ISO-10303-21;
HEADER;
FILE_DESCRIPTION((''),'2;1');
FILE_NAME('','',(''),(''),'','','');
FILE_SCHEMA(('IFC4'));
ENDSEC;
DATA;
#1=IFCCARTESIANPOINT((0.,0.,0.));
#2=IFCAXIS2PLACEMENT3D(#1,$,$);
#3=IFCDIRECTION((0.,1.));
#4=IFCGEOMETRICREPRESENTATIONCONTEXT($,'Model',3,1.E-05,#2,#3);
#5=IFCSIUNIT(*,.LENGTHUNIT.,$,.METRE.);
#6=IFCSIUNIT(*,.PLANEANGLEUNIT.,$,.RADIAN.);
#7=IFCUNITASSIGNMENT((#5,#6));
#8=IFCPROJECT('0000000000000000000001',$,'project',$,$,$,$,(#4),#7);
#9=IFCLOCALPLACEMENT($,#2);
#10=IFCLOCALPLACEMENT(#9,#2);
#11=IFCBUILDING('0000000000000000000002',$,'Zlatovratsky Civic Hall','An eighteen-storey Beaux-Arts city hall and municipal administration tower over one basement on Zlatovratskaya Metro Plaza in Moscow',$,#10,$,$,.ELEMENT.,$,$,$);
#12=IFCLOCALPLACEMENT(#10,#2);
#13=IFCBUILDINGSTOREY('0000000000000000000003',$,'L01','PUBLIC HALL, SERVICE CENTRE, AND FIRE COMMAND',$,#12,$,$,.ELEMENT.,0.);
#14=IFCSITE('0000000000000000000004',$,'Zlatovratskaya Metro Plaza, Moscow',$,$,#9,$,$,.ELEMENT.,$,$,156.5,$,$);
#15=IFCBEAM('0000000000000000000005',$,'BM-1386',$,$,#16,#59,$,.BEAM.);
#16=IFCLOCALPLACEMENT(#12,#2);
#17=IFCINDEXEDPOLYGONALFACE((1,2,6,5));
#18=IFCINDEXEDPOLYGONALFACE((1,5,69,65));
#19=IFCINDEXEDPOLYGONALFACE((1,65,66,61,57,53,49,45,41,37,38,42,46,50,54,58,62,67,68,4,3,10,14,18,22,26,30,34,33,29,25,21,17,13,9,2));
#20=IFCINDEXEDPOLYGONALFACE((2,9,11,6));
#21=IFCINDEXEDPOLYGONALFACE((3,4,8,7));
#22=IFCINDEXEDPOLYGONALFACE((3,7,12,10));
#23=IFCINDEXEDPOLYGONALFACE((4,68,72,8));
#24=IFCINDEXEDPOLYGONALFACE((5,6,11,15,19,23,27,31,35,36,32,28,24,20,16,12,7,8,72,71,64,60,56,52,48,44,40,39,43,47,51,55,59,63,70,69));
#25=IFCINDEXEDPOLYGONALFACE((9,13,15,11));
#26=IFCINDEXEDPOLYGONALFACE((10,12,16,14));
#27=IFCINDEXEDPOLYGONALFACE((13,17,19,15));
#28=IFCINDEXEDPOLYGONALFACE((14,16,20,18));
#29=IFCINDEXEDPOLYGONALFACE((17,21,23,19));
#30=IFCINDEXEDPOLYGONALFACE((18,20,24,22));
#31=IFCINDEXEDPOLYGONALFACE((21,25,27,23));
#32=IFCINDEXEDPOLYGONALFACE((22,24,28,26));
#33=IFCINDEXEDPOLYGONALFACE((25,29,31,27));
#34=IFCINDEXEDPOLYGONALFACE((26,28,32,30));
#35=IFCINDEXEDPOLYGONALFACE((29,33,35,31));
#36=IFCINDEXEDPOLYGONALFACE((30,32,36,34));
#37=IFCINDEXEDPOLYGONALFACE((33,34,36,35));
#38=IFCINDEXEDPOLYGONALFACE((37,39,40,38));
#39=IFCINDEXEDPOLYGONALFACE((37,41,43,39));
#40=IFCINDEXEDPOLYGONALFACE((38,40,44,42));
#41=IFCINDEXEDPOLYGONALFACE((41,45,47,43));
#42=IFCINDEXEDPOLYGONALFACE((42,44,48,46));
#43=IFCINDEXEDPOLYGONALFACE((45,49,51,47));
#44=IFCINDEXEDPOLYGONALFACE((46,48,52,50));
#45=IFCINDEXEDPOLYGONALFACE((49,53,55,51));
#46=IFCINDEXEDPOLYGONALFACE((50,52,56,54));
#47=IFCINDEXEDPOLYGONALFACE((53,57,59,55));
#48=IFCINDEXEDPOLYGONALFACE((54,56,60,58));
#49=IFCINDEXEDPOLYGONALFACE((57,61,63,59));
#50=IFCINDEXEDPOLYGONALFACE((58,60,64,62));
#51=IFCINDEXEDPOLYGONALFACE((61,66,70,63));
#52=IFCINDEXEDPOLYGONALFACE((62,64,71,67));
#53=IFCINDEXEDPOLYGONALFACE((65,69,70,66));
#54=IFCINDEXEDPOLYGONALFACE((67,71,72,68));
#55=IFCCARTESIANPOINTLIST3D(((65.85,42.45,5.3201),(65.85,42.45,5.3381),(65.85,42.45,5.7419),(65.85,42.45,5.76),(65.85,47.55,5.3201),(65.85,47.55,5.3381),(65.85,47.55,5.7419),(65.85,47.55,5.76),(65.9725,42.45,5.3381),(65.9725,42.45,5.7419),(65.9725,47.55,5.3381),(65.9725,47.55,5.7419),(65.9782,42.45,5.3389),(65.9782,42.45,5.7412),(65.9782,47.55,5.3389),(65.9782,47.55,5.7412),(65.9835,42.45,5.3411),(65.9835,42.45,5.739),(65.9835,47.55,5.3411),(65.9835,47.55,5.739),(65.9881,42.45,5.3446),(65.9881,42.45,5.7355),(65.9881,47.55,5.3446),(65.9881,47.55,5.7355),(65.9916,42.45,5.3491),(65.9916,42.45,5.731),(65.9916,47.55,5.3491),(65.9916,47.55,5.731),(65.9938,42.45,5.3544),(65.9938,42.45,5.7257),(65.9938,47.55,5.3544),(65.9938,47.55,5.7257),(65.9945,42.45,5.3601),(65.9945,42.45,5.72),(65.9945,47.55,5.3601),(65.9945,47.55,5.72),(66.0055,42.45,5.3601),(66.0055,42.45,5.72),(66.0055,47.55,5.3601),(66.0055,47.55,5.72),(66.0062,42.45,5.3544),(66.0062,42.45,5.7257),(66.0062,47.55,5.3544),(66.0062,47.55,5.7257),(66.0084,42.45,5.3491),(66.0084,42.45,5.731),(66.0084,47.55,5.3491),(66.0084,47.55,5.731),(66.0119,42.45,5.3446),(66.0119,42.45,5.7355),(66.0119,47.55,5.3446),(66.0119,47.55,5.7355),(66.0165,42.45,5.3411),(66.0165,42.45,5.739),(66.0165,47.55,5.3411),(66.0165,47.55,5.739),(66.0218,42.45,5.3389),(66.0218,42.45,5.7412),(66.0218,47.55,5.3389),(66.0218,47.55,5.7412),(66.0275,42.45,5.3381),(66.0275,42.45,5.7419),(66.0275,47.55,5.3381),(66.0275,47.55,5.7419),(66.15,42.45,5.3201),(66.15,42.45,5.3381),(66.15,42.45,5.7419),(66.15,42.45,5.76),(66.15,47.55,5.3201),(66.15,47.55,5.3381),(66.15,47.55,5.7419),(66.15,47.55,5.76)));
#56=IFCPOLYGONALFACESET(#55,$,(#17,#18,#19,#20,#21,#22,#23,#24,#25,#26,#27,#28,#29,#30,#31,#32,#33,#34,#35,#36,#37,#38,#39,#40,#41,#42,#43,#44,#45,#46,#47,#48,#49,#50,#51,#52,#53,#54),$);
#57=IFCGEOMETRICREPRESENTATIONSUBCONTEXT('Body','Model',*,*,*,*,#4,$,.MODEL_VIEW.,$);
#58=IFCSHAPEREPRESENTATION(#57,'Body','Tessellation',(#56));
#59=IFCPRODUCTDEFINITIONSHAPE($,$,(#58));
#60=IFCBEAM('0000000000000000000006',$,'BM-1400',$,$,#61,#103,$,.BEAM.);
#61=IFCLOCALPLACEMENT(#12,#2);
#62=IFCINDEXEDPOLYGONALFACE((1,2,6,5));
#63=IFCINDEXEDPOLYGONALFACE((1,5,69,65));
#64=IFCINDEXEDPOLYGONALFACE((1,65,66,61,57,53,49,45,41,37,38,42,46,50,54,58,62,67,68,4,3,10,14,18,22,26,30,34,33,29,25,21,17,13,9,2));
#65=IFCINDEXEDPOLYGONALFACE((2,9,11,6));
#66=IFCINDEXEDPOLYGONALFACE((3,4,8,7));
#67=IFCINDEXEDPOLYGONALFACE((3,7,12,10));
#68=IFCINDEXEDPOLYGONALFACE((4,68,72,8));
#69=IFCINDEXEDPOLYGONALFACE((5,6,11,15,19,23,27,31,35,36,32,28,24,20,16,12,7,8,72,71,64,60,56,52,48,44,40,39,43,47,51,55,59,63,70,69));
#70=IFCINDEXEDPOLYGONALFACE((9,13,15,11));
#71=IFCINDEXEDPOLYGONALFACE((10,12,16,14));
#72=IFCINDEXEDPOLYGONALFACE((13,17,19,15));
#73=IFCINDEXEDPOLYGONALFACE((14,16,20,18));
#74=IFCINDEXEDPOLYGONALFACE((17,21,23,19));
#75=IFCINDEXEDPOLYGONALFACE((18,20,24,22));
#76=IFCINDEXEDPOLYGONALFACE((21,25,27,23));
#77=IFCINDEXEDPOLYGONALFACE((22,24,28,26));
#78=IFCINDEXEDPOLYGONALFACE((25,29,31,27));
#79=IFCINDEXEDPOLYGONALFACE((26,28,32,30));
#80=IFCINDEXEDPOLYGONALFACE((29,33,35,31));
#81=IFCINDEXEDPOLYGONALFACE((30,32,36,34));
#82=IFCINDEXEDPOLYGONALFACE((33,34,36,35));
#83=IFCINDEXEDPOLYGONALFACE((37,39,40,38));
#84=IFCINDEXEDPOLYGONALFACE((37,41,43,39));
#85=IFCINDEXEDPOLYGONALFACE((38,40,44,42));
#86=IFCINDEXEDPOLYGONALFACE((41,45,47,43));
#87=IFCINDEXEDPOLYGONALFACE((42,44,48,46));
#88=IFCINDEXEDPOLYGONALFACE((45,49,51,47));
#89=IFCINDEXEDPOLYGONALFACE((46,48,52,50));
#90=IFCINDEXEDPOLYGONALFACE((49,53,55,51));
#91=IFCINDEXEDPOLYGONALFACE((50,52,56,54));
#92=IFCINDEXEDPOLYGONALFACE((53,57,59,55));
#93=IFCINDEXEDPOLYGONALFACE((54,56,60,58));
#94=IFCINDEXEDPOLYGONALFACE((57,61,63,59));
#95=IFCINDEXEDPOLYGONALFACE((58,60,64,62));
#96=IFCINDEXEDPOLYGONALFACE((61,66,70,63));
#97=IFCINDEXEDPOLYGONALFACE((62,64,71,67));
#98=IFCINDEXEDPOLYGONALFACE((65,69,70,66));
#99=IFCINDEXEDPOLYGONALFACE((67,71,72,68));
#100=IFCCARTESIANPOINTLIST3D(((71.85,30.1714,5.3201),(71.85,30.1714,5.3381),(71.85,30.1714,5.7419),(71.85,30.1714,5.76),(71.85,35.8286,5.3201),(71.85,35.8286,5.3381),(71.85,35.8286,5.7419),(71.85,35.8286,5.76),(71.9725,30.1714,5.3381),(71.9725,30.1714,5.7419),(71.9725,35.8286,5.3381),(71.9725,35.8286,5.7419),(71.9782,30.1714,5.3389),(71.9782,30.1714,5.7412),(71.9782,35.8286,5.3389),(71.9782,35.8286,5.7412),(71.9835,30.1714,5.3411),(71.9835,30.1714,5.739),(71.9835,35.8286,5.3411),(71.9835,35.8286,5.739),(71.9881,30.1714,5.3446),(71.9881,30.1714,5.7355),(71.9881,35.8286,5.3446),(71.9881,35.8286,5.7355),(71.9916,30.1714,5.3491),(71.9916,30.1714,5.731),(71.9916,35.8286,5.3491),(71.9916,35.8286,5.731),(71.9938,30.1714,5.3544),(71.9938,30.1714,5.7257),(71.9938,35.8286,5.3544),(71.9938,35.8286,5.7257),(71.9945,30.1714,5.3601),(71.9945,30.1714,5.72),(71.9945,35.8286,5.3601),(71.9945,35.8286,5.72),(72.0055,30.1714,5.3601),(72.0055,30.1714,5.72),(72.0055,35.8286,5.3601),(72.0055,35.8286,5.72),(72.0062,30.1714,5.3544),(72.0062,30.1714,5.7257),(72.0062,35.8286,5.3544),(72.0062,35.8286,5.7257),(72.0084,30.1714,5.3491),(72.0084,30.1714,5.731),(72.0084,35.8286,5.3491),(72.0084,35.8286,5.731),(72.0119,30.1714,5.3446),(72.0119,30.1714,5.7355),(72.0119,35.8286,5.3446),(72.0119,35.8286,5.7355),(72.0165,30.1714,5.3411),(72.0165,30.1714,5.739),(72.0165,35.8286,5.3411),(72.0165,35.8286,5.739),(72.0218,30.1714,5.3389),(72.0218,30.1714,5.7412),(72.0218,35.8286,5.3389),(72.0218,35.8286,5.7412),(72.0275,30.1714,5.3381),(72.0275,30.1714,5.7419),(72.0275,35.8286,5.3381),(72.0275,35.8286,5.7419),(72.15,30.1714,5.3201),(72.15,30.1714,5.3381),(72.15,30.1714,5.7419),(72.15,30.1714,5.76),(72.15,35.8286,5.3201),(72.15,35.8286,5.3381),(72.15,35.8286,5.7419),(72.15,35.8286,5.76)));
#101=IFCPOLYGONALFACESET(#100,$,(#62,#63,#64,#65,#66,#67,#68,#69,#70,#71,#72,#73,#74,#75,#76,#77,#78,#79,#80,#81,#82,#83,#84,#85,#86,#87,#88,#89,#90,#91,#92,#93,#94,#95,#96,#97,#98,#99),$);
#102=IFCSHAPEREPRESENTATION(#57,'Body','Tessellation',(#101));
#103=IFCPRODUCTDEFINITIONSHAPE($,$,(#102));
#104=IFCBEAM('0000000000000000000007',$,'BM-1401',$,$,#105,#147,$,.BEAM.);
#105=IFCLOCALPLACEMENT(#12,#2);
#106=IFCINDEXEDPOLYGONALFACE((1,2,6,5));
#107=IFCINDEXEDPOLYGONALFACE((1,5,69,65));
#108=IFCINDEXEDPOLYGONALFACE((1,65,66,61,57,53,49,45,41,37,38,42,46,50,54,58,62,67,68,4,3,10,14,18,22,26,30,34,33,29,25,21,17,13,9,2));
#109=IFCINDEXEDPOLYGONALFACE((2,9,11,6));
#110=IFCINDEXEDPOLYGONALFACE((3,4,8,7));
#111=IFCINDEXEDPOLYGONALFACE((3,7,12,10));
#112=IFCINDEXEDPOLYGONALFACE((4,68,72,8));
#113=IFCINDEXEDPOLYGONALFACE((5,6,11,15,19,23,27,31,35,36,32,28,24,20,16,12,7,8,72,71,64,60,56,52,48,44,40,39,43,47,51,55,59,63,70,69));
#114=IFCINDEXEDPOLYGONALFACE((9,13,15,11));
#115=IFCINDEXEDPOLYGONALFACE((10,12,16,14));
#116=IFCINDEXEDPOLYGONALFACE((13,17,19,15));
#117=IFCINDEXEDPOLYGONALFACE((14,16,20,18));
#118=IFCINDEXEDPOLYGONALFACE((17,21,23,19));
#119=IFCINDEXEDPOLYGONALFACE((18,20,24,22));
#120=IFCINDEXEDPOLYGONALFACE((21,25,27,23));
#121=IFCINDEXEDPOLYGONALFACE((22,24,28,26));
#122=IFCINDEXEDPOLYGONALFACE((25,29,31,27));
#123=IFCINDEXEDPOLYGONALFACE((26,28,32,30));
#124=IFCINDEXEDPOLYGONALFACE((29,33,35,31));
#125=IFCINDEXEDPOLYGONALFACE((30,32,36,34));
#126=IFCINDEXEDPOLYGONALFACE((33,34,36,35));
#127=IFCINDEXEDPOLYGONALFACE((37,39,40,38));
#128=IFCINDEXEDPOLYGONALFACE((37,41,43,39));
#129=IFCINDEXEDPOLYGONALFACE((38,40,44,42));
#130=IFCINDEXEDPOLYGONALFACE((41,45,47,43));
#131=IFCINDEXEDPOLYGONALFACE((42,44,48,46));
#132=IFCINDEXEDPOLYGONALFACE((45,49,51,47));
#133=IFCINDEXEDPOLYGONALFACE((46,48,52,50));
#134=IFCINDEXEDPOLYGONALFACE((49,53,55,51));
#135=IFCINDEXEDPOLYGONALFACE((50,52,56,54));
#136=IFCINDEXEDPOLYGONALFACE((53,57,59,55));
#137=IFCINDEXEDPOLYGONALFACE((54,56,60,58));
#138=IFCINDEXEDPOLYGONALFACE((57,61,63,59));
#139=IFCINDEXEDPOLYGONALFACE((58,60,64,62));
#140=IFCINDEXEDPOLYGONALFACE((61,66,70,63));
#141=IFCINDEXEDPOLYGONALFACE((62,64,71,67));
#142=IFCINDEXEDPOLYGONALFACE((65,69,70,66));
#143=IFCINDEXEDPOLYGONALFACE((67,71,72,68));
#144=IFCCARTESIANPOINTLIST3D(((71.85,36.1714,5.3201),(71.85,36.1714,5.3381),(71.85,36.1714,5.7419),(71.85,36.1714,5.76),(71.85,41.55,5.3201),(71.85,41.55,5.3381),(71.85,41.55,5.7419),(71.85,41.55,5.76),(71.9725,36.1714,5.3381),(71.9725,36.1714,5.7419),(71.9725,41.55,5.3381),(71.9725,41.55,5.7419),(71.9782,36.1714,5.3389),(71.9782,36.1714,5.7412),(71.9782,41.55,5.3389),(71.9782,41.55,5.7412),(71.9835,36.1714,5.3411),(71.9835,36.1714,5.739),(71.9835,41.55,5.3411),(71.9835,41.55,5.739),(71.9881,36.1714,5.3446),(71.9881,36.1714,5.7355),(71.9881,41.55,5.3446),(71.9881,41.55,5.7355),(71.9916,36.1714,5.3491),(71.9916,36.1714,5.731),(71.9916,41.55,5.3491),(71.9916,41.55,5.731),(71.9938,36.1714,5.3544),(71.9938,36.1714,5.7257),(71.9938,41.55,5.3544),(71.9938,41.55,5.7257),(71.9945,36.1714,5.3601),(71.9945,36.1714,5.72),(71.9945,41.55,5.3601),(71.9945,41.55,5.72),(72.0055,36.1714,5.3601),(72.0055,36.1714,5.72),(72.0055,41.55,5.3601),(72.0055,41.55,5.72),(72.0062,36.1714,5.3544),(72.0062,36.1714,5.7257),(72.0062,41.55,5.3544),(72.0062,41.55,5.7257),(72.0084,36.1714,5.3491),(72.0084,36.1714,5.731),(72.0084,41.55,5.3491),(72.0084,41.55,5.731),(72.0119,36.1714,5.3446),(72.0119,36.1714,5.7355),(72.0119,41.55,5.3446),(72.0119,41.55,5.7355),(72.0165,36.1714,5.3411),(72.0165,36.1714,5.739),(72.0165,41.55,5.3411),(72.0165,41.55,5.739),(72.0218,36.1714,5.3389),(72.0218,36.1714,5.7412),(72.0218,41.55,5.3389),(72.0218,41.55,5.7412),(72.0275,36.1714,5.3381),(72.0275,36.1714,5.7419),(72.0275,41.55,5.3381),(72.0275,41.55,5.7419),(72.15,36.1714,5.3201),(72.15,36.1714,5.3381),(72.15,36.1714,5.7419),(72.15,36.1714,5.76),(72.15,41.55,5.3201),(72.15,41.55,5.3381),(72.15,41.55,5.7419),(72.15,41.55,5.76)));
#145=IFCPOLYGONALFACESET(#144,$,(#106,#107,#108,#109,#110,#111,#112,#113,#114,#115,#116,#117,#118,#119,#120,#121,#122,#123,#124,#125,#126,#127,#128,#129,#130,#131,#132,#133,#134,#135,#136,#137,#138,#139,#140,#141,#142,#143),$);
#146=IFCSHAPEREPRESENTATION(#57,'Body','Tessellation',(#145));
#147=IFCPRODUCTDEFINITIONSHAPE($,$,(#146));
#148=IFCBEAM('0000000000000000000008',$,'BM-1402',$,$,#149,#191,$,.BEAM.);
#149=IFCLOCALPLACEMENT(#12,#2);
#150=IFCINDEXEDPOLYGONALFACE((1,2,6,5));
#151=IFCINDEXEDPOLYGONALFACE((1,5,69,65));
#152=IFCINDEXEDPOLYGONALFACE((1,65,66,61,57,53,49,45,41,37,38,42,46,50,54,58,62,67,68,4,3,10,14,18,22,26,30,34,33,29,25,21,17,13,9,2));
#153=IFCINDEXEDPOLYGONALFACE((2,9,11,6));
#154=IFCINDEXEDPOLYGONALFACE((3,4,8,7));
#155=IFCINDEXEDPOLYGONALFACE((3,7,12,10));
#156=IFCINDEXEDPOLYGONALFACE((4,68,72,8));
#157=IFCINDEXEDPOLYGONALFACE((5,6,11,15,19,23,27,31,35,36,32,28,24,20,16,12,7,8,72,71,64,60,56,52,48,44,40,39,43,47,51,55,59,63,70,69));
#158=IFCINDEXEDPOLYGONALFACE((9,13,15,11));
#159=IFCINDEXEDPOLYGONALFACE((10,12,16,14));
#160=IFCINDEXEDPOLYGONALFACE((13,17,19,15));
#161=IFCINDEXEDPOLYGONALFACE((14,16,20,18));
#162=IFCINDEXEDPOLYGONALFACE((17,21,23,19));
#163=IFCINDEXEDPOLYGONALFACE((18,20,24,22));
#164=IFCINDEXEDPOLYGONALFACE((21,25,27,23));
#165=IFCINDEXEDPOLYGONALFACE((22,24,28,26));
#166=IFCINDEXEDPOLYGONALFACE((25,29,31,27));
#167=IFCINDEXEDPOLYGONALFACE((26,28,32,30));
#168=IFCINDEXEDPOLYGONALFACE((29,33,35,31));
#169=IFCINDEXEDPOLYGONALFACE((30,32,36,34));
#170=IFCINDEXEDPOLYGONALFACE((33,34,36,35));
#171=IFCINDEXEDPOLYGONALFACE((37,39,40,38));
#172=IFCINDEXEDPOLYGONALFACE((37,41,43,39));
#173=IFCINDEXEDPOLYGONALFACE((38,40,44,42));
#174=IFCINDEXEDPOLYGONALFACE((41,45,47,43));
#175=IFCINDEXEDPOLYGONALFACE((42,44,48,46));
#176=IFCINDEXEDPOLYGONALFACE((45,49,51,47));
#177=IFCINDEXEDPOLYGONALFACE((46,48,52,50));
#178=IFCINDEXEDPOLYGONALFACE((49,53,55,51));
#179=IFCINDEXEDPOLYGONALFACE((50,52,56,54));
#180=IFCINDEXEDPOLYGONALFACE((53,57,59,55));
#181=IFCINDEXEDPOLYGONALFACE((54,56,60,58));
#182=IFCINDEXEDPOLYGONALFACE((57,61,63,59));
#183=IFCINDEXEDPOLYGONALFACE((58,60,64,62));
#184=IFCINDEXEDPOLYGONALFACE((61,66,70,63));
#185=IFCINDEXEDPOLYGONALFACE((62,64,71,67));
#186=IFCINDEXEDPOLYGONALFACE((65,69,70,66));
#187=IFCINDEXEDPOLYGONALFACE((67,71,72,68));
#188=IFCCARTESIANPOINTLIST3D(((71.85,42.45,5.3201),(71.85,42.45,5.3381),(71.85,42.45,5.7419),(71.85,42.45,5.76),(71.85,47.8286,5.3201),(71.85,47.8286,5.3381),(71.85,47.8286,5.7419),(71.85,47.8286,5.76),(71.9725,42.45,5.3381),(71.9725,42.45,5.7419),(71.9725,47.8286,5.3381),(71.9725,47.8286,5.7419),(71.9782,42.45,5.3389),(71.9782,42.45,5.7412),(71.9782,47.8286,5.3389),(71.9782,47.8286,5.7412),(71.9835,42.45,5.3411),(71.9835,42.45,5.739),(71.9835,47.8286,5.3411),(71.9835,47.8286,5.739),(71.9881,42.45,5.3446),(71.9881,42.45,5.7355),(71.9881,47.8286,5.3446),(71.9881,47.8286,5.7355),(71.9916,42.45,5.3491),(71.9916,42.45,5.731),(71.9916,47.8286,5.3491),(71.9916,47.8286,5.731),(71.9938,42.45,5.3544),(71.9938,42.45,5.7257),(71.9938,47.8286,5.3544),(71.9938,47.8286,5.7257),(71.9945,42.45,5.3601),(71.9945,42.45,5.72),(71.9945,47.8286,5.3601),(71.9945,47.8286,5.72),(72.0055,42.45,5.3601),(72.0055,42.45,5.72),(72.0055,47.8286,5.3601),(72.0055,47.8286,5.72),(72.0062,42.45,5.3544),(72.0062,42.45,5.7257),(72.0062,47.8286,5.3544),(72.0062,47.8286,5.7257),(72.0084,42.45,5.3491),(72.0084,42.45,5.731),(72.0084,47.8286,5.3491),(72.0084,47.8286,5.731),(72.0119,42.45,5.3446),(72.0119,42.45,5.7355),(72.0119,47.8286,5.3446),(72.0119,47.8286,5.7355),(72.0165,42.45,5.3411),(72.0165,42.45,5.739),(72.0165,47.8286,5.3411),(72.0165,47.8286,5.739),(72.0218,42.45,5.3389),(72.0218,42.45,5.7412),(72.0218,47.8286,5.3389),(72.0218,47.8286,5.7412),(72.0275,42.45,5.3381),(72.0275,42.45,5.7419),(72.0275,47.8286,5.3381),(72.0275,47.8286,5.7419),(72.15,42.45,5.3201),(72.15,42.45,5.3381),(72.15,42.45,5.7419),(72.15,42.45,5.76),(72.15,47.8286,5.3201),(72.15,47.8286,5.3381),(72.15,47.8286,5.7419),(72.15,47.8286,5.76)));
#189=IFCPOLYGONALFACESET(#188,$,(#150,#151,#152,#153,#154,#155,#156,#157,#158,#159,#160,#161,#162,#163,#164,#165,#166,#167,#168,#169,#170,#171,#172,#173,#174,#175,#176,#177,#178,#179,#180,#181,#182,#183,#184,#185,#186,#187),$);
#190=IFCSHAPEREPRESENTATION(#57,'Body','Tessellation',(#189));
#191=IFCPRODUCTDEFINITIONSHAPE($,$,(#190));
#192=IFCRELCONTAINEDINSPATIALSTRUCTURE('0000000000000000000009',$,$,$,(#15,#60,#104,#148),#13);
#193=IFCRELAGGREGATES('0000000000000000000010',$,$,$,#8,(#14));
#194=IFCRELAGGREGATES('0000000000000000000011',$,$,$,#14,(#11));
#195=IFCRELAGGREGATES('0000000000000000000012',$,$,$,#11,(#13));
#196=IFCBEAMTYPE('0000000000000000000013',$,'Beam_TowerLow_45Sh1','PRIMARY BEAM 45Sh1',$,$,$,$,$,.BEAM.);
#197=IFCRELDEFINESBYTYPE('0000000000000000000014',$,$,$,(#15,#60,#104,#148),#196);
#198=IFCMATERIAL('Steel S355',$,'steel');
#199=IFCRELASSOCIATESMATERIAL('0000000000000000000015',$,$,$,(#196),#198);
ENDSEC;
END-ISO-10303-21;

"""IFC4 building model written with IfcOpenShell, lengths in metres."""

from ifc_helpers import new_model, si_unit, direction, frame, origin, origin_2d, place, context, subcontext, project, spatial, i_section, extrude, material, material_profile, profile_set, type_object, element, save


model = new_model("IFC4")

# Units and contexts
model_context = context("Model", 3, precision=1e-05, world=origin(), true_north=direction((0.0, 1.0)))
body_context = subcontext(model_context, "Body", "Model", "MODEL_VIEW")
ifc_project = project(units=[si_unit("LENGTHUNIT", "METRE"), si_unit("PLANEANGLEUNIT", "RADIAN")], contexts=[model_context])

# Site, building, storey
site_placement = place(None, origin())
site = spatial("IfcSite", under=ifc_project, at=site_placement, Name="Zlatovratskaya Metro Plaza, Moscow", CompositionType="ELEMENT", RefElevation=156.5)
building_placement = place(site_placement, origin())
building = spatial("IfcBuilding", under=site, at=building_placement, Name="Zlatovratsky Civic Hall", Description="An eighteen-storey Beaux-Arts city hall and municipal administration tower over one basement on Zlatovratskaya Metro Plaza in Moscow", CompositionType="ELEMENT")
storey_placement = place(building_placement, origin())
storey = spatial("IfcBuildingStorey", under=building, at=storey_placement, Name="L01", Description="PUBLIC HALL, SERVICE CENTRE, AND FIRE COMMAND", CompositionType="ELEMENT", Elevation=0.0)

# Shared definitions
ifc_material_1 = material(Name="Steel S355", Category="steel")

# Beams
ifc_material_profile_1 = material_profile(ifc_material_1, i_section(OverallWidth=0.3, OverallDepth=0.4399, WebThickness=0.011, FlangeThickness=0.0181, FilletRadius=0.022, at=origin_2d()), Name="45Sh1")
ifc_profile_set_1 = profile_set([ifc_material_profile_1], Name="Steel S355")
beam_type = type_object("IfcBeamType", Name="Beam_TowerLow_45Sh1", Description="PRIMARY BEAM 45Sh1", PredefinedType="BEAM", material=ifc_profile_set_1)
beam_1_placement = place(storey_placement, frame((66.0, 42.45, 5.54), z_axis=(0.0, 1.0, 0.0), x_axis=(-1.0, 0.0, 0.0)))
element("IfcBeam", 1, at=beam_1_placement, inside=storey, type_object=beam_type, Name="BM-1386", PredefinedType="BEAM", context=body_context, shape_type="SweptSolid", body=[
    extrude(i_section(OverallWidth=0.3, OverallDepth=0.4399, WebThickness=0.011, FlangeThickness=0.0181, FilletRadius=0.022, at=origin_2d()), origin(), (0.0, 0.0, 1.0), 5.1001),
])
beam_2_placement = place(storey_placement, frame((72.0, 30.1714, 5.54), z_axis=(0.0, 1.0, 0.0), x_axis=(-1.0, 0.0, 0.0)))
element("IfcBeam", 2, at=beam_2_placement, inside=storey, type_object=beam_type, Name="BM-1400", PredefinedType="BEAM", context=body_context, shape_type="SweptSolid", body=[
    extrude(i_section(OverallWidth=0.3, OverallDepth=0.4399, WebThickness=0.011, FlangeThickness=0.0181, FilletRadius=0.022, at=origin_2d()), origin(), (0.0, 0.0, 1.0), 5.6572),
])
for number, where, z_axis, x_axis, name in (
    (3, (72.0, 36.1714, 5.54), (0.0, 1.0, 0.0), (-1.0, 0.0, 0.0), "BM-1401"),
    (4, (72.0, 42.45, 5.54), (0.0, 1.0, 0.0), (-1.0, 0.0, 0.0), "BM-1402"),
):
    element("IfcBeam", number, at=place(storey_placement, frame(where, z_axis=z_axis, x_axis=x_axis)), inside=storey, type_object=beam_type, Name=name, PredefinedType="BEAM", context=body_context, shape_type="SweptSolid", body=[
        extrude(i_section(OverallWidth=0.3, OverallDepth=0.4399, WebThickness=0.011, FlangeThickness=0.0181, FilletRadius=0.022, at=origin_2d()), origin(), (0.0, 0.0, 1.0), 5.3787),
    ])

save(model, "model.ifc")
